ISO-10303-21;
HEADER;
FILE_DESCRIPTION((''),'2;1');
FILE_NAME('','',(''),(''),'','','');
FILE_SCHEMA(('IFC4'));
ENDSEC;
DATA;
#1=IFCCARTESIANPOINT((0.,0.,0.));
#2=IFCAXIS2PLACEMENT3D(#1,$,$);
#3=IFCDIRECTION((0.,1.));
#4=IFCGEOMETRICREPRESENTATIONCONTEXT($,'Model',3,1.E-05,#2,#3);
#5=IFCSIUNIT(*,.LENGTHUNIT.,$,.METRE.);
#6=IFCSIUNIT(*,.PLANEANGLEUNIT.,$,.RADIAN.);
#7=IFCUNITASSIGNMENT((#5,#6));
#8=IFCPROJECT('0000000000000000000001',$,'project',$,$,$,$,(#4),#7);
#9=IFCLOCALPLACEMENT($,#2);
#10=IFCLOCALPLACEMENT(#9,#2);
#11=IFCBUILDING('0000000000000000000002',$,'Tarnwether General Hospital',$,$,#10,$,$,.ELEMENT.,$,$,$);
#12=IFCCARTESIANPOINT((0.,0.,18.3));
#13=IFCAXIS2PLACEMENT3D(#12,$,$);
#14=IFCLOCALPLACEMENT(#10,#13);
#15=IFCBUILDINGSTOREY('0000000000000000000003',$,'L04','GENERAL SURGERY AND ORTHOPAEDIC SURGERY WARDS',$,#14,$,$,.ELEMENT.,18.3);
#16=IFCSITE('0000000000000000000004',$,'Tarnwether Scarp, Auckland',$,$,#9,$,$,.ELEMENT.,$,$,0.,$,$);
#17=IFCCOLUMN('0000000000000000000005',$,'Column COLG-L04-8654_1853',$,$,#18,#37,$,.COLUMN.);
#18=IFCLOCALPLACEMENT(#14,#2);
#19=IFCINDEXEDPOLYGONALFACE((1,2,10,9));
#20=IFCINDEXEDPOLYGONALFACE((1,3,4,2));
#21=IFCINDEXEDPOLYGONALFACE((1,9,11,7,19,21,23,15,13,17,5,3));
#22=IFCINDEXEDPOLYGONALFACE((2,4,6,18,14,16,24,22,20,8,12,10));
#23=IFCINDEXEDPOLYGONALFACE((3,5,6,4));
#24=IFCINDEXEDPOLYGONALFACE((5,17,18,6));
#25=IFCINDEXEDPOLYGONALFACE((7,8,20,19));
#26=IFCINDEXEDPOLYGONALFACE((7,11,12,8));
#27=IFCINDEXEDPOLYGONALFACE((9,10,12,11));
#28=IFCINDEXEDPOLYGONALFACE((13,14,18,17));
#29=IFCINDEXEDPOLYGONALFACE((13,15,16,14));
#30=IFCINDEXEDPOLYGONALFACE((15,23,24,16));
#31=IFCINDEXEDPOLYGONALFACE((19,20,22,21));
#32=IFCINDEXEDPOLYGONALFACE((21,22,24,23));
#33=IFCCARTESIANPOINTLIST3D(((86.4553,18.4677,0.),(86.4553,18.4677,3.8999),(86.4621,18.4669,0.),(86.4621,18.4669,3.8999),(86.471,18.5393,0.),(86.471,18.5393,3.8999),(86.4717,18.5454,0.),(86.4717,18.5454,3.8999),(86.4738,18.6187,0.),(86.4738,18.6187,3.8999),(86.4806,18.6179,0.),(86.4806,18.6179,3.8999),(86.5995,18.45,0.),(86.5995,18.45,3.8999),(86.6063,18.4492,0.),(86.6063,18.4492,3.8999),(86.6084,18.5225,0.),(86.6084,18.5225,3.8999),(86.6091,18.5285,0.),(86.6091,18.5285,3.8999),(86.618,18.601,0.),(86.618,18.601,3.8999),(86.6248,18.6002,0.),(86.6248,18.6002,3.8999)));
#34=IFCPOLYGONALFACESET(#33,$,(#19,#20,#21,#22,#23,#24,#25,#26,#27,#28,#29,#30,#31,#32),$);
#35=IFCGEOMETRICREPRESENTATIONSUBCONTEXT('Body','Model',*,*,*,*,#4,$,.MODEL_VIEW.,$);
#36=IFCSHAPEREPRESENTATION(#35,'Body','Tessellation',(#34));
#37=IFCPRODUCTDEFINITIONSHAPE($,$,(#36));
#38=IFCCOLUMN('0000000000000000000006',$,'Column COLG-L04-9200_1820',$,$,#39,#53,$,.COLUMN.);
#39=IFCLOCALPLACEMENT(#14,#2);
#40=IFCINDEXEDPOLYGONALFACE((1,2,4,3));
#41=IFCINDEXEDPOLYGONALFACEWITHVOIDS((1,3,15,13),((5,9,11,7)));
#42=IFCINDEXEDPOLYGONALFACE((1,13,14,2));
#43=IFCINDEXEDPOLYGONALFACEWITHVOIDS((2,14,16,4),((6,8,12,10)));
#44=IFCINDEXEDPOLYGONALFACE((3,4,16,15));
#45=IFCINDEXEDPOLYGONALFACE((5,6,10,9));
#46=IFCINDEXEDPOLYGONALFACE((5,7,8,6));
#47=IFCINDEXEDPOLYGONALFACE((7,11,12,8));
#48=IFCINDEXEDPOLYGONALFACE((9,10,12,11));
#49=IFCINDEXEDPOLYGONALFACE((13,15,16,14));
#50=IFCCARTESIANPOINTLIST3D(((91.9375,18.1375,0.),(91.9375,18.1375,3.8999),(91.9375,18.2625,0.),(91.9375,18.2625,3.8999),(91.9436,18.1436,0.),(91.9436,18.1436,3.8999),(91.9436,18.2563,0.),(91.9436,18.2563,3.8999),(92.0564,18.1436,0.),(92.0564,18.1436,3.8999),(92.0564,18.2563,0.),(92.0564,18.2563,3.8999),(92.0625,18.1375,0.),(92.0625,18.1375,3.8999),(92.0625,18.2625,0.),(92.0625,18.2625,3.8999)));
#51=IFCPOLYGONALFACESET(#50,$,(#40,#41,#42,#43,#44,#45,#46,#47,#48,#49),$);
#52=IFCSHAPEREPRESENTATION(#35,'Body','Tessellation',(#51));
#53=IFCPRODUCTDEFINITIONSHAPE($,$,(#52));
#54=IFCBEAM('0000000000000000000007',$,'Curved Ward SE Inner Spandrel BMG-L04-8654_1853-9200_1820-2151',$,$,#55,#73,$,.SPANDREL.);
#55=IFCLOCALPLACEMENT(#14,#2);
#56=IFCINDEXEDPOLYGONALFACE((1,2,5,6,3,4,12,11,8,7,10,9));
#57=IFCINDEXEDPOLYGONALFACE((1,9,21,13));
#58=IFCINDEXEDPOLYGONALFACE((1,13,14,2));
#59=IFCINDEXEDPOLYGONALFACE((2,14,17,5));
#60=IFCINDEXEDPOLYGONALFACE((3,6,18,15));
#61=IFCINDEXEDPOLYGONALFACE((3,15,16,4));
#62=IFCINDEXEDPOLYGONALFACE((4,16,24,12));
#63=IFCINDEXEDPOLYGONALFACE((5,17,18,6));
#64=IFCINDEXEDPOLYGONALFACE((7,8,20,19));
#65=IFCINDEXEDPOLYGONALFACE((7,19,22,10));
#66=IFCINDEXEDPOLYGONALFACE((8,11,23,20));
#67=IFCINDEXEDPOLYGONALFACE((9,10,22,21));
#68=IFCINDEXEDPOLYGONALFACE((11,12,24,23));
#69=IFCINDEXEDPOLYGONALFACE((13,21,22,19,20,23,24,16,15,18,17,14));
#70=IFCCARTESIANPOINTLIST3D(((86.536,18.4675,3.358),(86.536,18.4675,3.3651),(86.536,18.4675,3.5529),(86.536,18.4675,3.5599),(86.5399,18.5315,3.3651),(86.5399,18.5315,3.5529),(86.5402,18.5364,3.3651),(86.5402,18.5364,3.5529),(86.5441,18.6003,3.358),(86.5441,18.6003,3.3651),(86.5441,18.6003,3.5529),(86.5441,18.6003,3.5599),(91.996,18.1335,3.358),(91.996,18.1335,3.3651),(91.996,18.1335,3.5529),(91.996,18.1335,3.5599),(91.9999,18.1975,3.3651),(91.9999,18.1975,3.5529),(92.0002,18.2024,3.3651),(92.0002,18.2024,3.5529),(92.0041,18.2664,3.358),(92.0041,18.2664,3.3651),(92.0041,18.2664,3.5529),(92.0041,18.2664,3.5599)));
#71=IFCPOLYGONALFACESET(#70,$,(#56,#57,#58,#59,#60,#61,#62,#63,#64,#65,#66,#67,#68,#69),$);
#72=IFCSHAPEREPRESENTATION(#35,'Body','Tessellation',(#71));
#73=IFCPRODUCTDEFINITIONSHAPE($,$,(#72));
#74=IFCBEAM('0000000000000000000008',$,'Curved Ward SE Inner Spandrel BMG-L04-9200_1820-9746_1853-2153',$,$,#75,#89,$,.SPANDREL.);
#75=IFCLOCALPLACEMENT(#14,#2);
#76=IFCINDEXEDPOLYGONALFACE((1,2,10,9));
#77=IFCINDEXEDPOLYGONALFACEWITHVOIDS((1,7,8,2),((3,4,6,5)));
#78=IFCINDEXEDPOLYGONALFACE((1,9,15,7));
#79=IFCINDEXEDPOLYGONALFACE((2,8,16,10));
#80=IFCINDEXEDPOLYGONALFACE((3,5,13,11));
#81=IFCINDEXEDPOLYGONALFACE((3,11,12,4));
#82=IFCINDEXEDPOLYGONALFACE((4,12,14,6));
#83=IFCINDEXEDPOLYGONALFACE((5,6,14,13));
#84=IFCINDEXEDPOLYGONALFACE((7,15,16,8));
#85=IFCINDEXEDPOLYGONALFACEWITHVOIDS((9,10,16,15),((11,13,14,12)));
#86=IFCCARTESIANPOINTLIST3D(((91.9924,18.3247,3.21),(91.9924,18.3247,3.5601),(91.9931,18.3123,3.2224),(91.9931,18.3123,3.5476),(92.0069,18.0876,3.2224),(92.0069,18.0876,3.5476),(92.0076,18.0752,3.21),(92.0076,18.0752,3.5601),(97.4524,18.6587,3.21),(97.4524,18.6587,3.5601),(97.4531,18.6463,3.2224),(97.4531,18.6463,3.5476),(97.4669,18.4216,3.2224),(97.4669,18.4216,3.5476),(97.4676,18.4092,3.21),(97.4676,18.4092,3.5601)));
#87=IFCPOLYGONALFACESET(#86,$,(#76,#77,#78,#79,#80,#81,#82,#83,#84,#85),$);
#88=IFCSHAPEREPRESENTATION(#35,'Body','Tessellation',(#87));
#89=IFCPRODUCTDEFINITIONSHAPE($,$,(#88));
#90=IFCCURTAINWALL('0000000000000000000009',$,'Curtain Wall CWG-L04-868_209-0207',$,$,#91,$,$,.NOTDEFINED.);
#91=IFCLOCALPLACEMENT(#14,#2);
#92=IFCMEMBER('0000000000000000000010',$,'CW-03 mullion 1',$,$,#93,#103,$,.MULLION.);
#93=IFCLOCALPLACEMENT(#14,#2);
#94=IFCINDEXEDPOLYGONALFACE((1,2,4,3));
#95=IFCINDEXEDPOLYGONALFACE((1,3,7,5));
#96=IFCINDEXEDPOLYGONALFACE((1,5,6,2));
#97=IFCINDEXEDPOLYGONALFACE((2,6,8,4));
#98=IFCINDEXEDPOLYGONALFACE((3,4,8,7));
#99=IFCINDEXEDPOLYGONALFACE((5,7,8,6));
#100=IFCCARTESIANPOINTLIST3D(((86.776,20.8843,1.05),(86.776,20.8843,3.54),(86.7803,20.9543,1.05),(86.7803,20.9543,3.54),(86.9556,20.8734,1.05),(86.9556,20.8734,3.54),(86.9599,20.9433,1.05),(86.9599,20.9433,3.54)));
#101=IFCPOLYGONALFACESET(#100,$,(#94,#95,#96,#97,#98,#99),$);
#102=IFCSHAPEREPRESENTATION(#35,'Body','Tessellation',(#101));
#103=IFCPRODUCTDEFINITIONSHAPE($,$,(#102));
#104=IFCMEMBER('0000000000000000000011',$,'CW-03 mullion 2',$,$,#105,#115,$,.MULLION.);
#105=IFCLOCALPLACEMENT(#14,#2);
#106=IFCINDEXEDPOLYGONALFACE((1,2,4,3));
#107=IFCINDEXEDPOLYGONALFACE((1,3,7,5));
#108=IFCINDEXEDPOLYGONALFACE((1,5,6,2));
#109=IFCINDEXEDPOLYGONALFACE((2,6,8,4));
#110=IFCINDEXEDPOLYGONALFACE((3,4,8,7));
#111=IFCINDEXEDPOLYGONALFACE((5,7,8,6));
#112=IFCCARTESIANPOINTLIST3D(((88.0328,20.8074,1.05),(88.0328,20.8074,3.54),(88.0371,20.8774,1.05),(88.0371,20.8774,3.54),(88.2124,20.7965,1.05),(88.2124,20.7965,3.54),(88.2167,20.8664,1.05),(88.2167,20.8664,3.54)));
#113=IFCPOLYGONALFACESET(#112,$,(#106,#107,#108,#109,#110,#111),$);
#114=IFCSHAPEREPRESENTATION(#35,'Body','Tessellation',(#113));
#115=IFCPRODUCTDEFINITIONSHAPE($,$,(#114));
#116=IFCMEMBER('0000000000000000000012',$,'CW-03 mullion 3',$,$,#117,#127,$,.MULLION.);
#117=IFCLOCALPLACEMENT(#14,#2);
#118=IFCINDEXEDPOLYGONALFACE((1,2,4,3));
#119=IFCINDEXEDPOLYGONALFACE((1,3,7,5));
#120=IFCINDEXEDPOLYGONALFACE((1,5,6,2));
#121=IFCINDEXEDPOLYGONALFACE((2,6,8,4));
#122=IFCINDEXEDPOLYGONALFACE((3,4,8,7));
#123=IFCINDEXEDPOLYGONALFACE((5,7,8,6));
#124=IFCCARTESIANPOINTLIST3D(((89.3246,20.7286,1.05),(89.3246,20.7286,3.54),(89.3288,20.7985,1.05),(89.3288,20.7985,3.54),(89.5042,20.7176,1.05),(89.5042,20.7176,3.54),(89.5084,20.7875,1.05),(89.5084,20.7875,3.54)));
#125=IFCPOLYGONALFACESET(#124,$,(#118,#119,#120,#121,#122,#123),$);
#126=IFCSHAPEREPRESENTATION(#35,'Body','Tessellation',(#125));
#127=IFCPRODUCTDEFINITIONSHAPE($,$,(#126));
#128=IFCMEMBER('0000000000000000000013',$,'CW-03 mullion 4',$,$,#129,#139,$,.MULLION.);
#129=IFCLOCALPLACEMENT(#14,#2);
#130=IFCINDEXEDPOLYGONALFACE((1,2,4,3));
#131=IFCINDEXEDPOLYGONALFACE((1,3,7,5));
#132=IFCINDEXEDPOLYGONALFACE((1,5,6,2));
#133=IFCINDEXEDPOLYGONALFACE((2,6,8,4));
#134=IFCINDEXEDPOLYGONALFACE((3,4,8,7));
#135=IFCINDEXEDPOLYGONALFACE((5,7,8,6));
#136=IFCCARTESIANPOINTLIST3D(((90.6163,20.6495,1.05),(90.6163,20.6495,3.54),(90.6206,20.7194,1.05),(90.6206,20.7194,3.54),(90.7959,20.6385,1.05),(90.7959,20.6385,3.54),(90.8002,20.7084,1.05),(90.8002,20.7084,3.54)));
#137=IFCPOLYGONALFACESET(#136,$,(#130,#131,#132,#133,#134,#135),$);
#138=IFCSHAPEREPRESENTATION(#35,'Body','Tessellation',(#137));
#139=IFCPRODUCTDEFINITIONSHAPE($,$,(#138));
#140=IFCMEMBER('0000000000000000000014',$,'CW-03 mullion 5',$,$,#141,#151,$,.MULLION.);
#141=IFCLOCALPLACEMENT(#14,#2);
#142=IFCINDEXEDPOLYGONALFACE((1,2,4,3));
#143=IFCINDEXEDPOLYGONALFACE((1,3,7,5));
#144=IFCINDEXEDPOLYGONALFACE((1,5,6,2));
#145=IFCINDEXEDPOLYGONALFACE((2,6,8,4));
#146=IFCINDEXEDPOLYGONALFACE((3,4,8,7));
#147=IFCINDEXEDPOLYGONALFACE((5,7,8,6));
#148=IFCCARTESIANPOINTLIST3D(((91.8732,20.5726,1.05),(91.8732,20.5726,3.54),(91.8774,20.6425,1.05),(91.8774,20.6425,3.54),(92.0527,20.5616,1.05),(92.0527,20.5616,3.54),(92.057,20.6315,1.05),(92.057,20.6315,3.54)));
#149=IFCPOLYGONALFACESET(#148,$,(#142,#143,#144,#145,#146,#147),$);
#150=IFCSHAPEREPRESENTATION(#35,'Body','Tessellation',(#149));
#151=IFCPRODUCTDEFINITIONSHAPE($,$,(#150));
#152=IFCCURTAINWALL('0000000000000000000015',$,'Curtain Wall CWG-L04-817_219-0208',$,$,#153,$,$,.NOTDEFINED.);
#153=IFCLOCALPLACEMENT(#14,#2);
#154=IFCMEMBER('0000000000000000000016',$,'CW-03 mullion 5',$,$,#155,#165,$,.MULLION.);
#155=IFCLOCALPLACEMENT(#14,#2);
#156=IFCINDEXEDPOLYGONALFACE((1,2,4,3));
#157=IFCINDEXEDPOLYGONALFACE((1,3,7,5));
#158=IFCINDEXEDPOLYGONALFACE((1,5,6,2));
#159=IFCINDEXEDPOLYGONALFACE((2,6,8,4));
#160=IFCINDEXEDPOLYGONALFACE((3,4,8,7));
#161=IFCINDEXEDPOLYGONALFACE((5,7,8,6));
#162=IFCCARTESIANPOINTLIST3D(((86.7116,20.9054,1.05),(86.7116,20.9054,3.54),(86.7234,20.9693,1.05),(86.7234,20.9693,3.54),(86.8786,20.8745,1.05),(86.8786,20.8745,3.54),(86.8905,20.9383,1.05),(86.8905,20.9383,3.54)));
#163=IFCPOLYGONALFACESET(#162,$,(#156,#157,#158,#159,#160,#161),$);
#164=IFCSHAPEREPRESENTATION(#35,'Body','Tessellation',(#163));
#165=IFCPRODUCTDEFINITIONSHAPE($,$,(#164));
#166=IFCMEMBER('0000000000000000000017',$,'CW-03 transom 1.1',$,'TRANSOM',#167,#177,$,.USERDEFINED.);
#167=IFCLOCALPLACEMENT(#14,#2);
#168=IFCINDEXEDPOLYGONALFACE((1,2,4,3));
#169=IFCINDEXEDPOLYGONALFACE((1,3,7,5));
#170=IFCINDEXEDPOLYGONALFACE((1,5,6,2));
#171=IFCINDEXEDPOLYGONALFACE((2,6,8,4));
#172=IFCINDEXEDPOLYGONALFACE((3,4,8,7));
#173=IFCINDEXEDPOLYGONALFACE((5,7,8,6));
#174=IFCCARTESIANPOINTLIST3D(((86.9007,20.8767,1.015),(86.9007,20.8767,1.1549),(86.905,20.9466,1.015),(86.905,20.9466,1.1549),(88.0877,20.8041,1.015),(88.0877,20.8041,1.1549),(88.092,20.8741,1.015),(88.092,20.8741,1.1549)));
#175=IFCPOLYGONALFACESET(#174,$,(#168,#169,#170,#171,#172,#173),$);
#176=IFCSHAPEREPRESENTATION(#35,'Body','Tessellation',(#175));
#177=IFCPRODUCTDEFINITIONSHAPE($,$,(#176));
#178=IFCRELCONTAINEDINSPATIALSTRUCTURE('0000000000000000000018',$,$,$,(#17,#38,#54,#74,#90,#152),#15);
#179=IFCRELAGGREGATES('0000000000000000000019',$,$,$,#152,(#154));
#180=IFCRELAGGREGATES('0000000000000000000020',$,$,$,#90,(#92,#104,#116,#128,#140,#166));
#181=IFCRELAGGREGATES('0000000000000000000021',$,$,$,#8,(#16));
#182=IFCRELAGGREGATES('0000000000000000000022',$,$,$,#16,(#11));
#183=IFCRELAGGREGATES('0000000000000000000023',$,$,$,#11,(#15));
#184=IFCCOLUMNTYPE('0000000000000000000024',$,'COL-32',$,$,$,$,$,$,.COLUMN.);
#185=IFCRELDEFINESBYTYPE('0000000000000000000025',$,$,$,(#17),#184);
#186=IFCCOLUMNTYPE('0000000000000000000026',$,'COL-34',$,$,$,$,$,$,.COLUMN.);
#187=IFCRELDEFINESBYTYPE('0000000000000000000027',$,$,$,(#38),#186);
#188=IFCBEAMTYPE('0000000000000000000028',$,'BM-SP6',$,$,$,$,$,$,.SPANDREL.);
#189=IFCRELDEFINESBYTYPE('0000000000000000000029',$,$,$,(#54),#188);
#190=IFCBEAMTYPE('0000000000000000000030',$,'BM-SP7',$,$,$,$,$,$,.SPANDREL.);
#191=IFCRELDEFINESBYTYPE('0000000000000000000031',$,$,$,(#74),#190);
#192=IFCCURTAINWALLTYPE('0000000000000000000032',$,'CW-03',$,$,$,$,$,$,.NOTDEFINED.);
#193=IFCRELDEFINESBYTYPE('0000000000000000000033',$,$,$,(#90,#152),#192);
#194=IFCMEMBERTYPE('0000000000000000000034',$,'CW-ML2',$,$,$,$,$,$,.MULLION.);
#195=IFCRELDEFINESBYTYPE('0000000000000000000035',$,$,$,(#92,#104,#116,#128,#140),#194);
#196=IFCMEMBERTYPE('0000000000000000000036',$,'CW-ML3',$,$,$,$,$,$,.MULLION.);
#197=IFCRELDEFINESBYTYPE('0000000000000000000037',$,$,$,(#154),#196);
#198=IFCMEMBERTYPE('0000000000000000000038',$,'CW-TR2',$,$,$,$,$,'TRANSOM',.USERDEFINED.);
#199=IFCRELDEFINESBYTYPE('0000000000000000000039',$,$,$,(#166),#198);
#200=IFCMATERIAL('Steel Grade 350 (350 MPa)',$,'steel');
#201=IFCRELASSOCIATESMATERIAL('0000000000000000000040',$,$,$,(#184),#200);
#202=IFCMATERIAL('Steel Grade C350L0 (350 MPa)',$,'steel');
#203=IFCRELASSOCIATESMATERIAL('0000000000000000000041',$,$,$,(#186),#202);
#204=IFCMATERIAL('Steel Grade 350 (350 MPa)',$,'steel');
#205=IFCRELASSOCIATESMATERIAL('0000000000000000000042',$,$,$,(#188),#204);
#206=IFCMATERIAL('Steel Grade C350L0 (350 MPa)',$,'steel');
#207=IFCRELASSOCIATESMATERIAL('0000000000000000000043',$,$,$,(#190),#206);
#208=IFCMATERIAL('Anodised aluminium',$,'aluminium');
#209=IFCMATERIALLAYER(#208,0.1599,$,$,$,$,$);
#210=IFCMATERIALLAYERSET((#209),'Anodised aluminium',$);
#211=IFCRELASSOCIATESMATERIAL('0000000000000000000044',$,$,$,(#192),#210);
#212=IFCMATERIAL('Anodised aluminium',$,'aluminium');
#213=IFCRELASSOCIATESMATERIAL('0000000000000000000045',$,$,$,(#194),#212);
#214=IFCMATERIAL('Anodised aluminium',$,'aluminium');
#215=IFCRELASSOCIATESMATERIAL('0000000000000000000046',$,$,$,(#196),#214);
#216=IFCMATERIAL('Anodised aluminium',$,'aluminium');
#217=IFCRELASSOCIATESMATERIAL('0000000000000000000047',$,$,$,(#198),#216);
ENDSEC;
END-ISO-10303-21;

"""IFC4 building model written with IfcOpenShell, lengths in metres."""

from ifc_helpers import new_model, si_unit, direction, frame, origin, origin_2d, place, context, subcontext, project, spatial, rectangle, hollow_rectangle, i_section, extrude, material, layer, layer_set, material_profile, profile_set, type_object, element, aggregate, save


model = new_model("IFC4")

# Units and contexts
model_context = context("Model", 3, precision=1e-05, world=origin(), true_north=direction((0.0, 1.0)))
body_context = subcontext(model_context, "Body", "Model", "MODEL_VIEW")
ifc_project = project(units=[si_unit("LENGTHUNIT", "METRE"), si_unit("PLANEANGLEUNIT", "RADIAN")], contexts=[model_context])

# Site, building, storey
site_placement = place(None, origin())
site = spatial("IfcSite", under=ifc_project, at=site_placement, Name="Tarnwether Scarp, Auckland", CompositionType="ELEMENT", RefElevation=0.0)
building_placement = place(site_placement, origin())
building = spatial("IfcBuilding", under=site, at=building_placement, Name="Tarnwether General Hospital", CompositionType="ELEMENT")
storey_placement = place(building_placement, frame((0.0, 0.0, 18.3)))
storey = spatial("IfcBuildingStorey", under=building, at=storey_placement, Name="L04", Description="GENERAL SURGERY AND ORTHOPAEDIC SURGERY WARDS", CompositionType="ELEMENT", Elevation=18.3)

# Columns
ifc_material_1 = material(Name="Steel Grade 350 (350 MPa)", Category="steel")
ifc_material_profile_1 = material_profile(ifc_material_1, i_section(OverallWidth=0.1521, OverallDepth=0.1521, WebThickness=0.0061, FlangeThickness=0.0068, at=origin_2d()), Name="150UC23.4")
ifc_profile_set_1 = profile_set([ifc_material_profile_1], Name="Steel Grade 350 (350 MPa)")
column_type_1 = type_object("IfcColumnType", Name="COL-32", PredefinedType="COLUMN", material=ifc_profile_set_1)
column_1_placement = place(storey_placement, frame((86.54, 18.5339, 0.0), z_axis=(0.0, 0.0, 1.0), x_axis=(0.121869, 0.992546, 0.0)))
element("IfcColumn", 1, at=column_1_placement, inside=storey, type_object=column_type_1, Name="Column COLG-L04-8654_1853", PredefinedType="COLUMN", context=body_context, shape_type="SweptSolid", body=[
    extrude(i_section(OverallWidth=0.1521, OverallDepth=0.1521, WebThickness=0.0061, FlangeThickness=0.0068, at=origin_2d()), origin(), (0.0, 0.0, 1.0), 3.8999),
])
ifc_material_2 = material(Name="Steel Grade C350L0 (350 MPa)", Category="steel")
ifc_material_profile_2 = material_profile(ifc_material_2, hollow_rectangle(XDim=0.125, YDim=0.125, WallThickness=0.0061, at=origin_2d()), Name="SHS125x125x6")
ifc_profile_set_2 = profile_set([ifc_material_profile_2], Name="Steel Grade C350L0 (350 MPa)")
column_type_2 = type_object("IfcColumnType", Name="COL-34", PredefinedType="COLUMN", material=ifc_profile_set_2)
column_2_placement = place(storey_placement, frame((92.0, 18.2, 0.0), z_axis=(0.0, 0.0, 1.0), x_axis=(0.0, 1.0, 0.0)))
element("IfcColumn", 2, at=column_2_placement, inside=storey, type_object=column_type_2, Name="Column COLG-L04-9200_1820", PredefinedType="COLUMN", context=body_context, shape_type="SweptSolid", body=[
    extrude(hollow_rectangle(XDim=0.125, YDim=0.125, WallThickness=0.0061, at=origin_2d()), origin(), (0.0, 0.0, 1.0), 3.8999),
])

# Beams
ifc_material_3 = material(Name="Steel Grade 350 (350 MPa)", Category="steel")
ifc_material_profile_3 = material_profile(ifc_material_3, i_section(OverallWidth=0.1331, OverallDepth=0.2019, WebThickness=0.0049, FlangeThickness=0.0071, at=origin_2d()), Name="200UB22.3")
ifc_profile_set_3 = profile_set([ifc_material_profile_3], Name="Steel Grade 350 (350 MPa)")
beam_type_1 = type_object("IfcBeamType", Name="BM-SP6", PredefinedType="SPANDREL", material=ifc_profile_set_3)
beam_1_placement = place(storey_placement, frame((86.54, 18.5339, 3.459), z_axis=(0.998134, -0.061056, 0.0), x_axis=(0.061056, 0.998134, 0.0)))
element("IfcBeam", 3, at=beam_1_placement, inside=storey, type_object=beam_type_1, Name="Curved Ward SE Inner Spandrel BMG-L04-8654_1853-9200_1820-2151", PredefinedType="SPANDREL", context=body_context, shape_type="SweptSolid", body=[
    extrude(i_section(OverallWidth=0.1331, OverallDepth=0.2019, WebThickness=0.0049, FlangeThickness=0.0071, at=origin_2d()), origin(), (0.0, 0.0, 1.0), 5.4702),
])
ifc_material_4 = material(Name="Steel Grade C350L0 (350 MPa)", Category="steel")
ifc_material_profile_4 = material_profile(ifc_material_4, hollow_rectangle(XDim=0.25, YDim=0.3501, WallThickness=0.0125, at=origin_2d()), Name="RHS350x250x12.5")
ifc_profile_set_4 = profile_set([ifc_material_profile_4], Name="Steel Grade C350L0 (350 MPa)")
beam_type_2 = type_object("IfcBeamType", Name="BM-SP7", PredefinedType="SPANDREL", material=ifc_profile_set_4)
beam_2_placement = place(storey_placement, frame((92.0, 18.2, 3.385), z_axis=(0.998134, 0.061056, 0.0), x_axis=(-0.061056, 0.998134, 0.0)))
element("IfcBeam", 4, at=beam_2_placement, inside=storey, type_object=beam_type_2, Name="Curved Ward SE Inner Spandrel BMG-L04-9200_1820-9746_1853-2153", PredefinedType="SPANDREL", context=body_context, shape_type="SweptSolid", body=[
    extrude(hollow_rectangle(XDim=0.25, YDim=0.3501, WallThickness=0.0125, at=origin_2d()), origin(), (0.0, 0.0, 1.0), 5.4702),
])

# Curtain wall, members
ifc_material_5 = material(Name="Anodised aluminium", Category="aluminium")
ifc_layer_1 = layer(ifc_material_5, 0.1599)
ifc_layer_set_1 = layer_set([ifc_layer_1], Name="Anodised aluminium")
curtain_wall_type = type_object("IfcCurtainWallType", Name="CW-03", PredefinedType="NOTDEFINED", material=ifc_layer_set_1)
curtain_wall_1_placement = place(storey_placement, origin())
curtain_wall_1 = element("IfcCurtainWall", 5, at=curtain_wall_1_placement, inside=storey, type_object=curtain_wall_type, Name="Curtain Wall CWG-L04-868_209-0207", PredefinedType="NOTDEFINED")
ifc_material_6 = material(Name="Anodised aluminium", Category="aluminium")
ifc_material_profile_5 = material_profile(ifc_material_6, rectangle(XDim=0.0701, YDim=0.1799, at=origin_2d()), Name="ALU-MUL-70x180")
ifc_profile_set_5 = profile_set([ifc_material_profile_5], Name="Anodised aluminium")
member_type_1 = type_object("IfcMemberType", Name="CW-ML2", PredefinedType="MULLION", material=ifc_profile_set_5)
member_1_placement = place(storey_placement, frame((86.8679, 20.9138, 1.05), z_axis=(0.0, 0.0, 1.0), x_axis=(0.061043, 0.998135, 0.0)))
member_1 = element("IfcMember", 6, at=member_1_placement, type_object=member_type_1, Name="CW-03 mullion 1", PredefinedType="MULLION", context=body_context, shape_type="SweptSolid", body=[
    extrude(rectangle(XDim=0.0701, YDim=0.1799, at=origin_2d()), origin(), (0.0, 0.0, 1.0), 2.49),
])
member_2_placement = place(storey_placement, frame((88.1248, 20.8369, 1.05), z_axis=(0.0, 0.0, 1.0), x_axis=(0.061043, 0.998135, 0.0)))
member_2 = element("IfcMember", 7, at=member_2_placement, type_object=member_type_1, Name="CW-03 mullion 2", PredefinedType="MULLION", context=body_context, shape_type="SweptSolid", body=[
    extrude(rectangle(XDim=0.0701, YDim=0.1799, at=origin_2d()), origin(), (0.0, 0.0, 1.0), 2.49),
])
member_3_placement = place(storey_placement, frame((89.4165, 20.7581, 1.05), z_axis=(0.0, 0.0, 1.0), x_axis=(0.061043, 0.998135, 0.0)))
member_3 = element("IfcMember", 8, at=member_3_placement, type_object=member_type_1, Name="CW-03 mullion 3", PredefinedType="MULLION", context=body_context, shape_type="SweptSolid", body=[
    extrude(rectangle(XDim=0.0701, YDim=0.1799, at=origin_2d()), origin(), (0.0, 0.0, 1.0), 2.49),
])
member_4_placement = place(storey_placement, frame((90.7083, 20.679, 1.05), z_axis=(0.0, 0.0, 1.0), x_axis=(0.061043, 0.998135, 0.0)))
member_4 = element("IfcMember", 9, at=member_4_placement, type_object=member_type_1, Name="CW-03 mullion 4", PredefinedType="MULLION", context=body_context, shape_type="SweptSolid", body=[
    extrude(rectangle(XDim=0.0701, YDim=0.1799, at=origin_2d()), origin(), (0.0, 0.0, 1.0), 2.49),
])
member_5_placement = place(storey_placement, frame((91.9651, 20.6021, 1.05), z_axis=(0.0, 0.0, 1.0), x_axis=(0.061043, 0.998135, 0.0)))
member_5 = element("IfcMember", 10, at=member_5_placement, type_object=member_type_1, Name="CW-03 mullion 5", PredefinedType="MULLION", context=body_context, shape_type="SweptSolid", body=[
    extrude(rectangle(XDim=0.0701, YDim=0.1799, at=origin_2d()), origin(), (0.0, 0.0, 1.0), 2.49),
])

# Curtain wall, member
curtain_wall_2_placement = place(storey_placement, origin())
curtain_wall_2 = element("IfcCurtainWall", 11, at=curtain_wall_2_placement, inside=storey, type_object=curtain_wall_type, Name="Curtain Wall CWG-L04-817_219-0208", PredefinedType="NOTDEFINED")
ifc_material_7 = material(Name="Anodised aluminium", Category="aluminium")
ifc_material_profile_6 = material_profile(ifc_material_7, rectangle(XDim=0.0649, YDim=0.1699, at=origin_2d()), Name="ALU-MUL-65x170")
ifc_profile_set_6 = profile_set([ifc_material_profile_6], Name="Anodised aluminium")
member_type_2 = type_object("IfcMemberType", Name="CW-ML3", PredefinedType="MULLION", material=ifc_profile_set_6)
member_6_placement = place(storey_placement, frame((86.801, 20.9219, 1.05), z_axis=(0.0, 0.0, 1.0), x_axis=(0.182165, 0.983268, 0.0)))
member_6 = element("IfcMember", 12, at=member_6_placement, type_object=member_type_2, Name="CW-03 mullion 5", PredefinedType="MULLION", context=body_context, shape_type="SweptSolid", body=[
    extrude(rectangle(XDim=0.0649, YDim=0.1699, at=origin_2d()), origin(), (0.0, 0.0, 1.0), 2.49),
])

# Member
ifc_material_8 = material(Name="Anodised aluminium", Category="aluminium")
ifc_material_profile_7 = material_profile(ifc_material_8, rectangle(XDim=0.0701, YDim=0.1399, at=origin_2d()), Name="ALU-TRN-70x140")
ifc_profile_set_7 = profile_set([ifc_material_profile_7], Name="Anodised aluminium")
member_type_3 = type_object("IfcMemberType", Name="CW-TR2", ElementType="TRANSOM", PredefinedType="USERDEFINED", material=ifc_profile_set_7)
member_7_placement = place(storey_placement, frame((86.9028, 20.9116, 1.085), z_axis=(0.998139, -0.060972, 0.0), x_axis=(0.060972, 0.998139, 0.0)))
member_7 = element("IfcMember", 13, at=member_7_placement, type_object=member_type_3, Name="CW-03 transom 1.1", ObjectType="TRANSOM", PredefinedType="USERDEFINED", context=body_context, shape_type="SweptSolid", body=[
    extrude(rectangle(XDim=0.0701, YDim=0.1399, at=origin_2d()), origin(), (0.0, 0.0, 1.0), 1.1892),
])

aggregate(curtain_wall_2, [member_6])
aggregate(curtain_wall_1, [member_1, member_2, member_3, member_4, member_5, member_7])

save(model, "model.ifc")
